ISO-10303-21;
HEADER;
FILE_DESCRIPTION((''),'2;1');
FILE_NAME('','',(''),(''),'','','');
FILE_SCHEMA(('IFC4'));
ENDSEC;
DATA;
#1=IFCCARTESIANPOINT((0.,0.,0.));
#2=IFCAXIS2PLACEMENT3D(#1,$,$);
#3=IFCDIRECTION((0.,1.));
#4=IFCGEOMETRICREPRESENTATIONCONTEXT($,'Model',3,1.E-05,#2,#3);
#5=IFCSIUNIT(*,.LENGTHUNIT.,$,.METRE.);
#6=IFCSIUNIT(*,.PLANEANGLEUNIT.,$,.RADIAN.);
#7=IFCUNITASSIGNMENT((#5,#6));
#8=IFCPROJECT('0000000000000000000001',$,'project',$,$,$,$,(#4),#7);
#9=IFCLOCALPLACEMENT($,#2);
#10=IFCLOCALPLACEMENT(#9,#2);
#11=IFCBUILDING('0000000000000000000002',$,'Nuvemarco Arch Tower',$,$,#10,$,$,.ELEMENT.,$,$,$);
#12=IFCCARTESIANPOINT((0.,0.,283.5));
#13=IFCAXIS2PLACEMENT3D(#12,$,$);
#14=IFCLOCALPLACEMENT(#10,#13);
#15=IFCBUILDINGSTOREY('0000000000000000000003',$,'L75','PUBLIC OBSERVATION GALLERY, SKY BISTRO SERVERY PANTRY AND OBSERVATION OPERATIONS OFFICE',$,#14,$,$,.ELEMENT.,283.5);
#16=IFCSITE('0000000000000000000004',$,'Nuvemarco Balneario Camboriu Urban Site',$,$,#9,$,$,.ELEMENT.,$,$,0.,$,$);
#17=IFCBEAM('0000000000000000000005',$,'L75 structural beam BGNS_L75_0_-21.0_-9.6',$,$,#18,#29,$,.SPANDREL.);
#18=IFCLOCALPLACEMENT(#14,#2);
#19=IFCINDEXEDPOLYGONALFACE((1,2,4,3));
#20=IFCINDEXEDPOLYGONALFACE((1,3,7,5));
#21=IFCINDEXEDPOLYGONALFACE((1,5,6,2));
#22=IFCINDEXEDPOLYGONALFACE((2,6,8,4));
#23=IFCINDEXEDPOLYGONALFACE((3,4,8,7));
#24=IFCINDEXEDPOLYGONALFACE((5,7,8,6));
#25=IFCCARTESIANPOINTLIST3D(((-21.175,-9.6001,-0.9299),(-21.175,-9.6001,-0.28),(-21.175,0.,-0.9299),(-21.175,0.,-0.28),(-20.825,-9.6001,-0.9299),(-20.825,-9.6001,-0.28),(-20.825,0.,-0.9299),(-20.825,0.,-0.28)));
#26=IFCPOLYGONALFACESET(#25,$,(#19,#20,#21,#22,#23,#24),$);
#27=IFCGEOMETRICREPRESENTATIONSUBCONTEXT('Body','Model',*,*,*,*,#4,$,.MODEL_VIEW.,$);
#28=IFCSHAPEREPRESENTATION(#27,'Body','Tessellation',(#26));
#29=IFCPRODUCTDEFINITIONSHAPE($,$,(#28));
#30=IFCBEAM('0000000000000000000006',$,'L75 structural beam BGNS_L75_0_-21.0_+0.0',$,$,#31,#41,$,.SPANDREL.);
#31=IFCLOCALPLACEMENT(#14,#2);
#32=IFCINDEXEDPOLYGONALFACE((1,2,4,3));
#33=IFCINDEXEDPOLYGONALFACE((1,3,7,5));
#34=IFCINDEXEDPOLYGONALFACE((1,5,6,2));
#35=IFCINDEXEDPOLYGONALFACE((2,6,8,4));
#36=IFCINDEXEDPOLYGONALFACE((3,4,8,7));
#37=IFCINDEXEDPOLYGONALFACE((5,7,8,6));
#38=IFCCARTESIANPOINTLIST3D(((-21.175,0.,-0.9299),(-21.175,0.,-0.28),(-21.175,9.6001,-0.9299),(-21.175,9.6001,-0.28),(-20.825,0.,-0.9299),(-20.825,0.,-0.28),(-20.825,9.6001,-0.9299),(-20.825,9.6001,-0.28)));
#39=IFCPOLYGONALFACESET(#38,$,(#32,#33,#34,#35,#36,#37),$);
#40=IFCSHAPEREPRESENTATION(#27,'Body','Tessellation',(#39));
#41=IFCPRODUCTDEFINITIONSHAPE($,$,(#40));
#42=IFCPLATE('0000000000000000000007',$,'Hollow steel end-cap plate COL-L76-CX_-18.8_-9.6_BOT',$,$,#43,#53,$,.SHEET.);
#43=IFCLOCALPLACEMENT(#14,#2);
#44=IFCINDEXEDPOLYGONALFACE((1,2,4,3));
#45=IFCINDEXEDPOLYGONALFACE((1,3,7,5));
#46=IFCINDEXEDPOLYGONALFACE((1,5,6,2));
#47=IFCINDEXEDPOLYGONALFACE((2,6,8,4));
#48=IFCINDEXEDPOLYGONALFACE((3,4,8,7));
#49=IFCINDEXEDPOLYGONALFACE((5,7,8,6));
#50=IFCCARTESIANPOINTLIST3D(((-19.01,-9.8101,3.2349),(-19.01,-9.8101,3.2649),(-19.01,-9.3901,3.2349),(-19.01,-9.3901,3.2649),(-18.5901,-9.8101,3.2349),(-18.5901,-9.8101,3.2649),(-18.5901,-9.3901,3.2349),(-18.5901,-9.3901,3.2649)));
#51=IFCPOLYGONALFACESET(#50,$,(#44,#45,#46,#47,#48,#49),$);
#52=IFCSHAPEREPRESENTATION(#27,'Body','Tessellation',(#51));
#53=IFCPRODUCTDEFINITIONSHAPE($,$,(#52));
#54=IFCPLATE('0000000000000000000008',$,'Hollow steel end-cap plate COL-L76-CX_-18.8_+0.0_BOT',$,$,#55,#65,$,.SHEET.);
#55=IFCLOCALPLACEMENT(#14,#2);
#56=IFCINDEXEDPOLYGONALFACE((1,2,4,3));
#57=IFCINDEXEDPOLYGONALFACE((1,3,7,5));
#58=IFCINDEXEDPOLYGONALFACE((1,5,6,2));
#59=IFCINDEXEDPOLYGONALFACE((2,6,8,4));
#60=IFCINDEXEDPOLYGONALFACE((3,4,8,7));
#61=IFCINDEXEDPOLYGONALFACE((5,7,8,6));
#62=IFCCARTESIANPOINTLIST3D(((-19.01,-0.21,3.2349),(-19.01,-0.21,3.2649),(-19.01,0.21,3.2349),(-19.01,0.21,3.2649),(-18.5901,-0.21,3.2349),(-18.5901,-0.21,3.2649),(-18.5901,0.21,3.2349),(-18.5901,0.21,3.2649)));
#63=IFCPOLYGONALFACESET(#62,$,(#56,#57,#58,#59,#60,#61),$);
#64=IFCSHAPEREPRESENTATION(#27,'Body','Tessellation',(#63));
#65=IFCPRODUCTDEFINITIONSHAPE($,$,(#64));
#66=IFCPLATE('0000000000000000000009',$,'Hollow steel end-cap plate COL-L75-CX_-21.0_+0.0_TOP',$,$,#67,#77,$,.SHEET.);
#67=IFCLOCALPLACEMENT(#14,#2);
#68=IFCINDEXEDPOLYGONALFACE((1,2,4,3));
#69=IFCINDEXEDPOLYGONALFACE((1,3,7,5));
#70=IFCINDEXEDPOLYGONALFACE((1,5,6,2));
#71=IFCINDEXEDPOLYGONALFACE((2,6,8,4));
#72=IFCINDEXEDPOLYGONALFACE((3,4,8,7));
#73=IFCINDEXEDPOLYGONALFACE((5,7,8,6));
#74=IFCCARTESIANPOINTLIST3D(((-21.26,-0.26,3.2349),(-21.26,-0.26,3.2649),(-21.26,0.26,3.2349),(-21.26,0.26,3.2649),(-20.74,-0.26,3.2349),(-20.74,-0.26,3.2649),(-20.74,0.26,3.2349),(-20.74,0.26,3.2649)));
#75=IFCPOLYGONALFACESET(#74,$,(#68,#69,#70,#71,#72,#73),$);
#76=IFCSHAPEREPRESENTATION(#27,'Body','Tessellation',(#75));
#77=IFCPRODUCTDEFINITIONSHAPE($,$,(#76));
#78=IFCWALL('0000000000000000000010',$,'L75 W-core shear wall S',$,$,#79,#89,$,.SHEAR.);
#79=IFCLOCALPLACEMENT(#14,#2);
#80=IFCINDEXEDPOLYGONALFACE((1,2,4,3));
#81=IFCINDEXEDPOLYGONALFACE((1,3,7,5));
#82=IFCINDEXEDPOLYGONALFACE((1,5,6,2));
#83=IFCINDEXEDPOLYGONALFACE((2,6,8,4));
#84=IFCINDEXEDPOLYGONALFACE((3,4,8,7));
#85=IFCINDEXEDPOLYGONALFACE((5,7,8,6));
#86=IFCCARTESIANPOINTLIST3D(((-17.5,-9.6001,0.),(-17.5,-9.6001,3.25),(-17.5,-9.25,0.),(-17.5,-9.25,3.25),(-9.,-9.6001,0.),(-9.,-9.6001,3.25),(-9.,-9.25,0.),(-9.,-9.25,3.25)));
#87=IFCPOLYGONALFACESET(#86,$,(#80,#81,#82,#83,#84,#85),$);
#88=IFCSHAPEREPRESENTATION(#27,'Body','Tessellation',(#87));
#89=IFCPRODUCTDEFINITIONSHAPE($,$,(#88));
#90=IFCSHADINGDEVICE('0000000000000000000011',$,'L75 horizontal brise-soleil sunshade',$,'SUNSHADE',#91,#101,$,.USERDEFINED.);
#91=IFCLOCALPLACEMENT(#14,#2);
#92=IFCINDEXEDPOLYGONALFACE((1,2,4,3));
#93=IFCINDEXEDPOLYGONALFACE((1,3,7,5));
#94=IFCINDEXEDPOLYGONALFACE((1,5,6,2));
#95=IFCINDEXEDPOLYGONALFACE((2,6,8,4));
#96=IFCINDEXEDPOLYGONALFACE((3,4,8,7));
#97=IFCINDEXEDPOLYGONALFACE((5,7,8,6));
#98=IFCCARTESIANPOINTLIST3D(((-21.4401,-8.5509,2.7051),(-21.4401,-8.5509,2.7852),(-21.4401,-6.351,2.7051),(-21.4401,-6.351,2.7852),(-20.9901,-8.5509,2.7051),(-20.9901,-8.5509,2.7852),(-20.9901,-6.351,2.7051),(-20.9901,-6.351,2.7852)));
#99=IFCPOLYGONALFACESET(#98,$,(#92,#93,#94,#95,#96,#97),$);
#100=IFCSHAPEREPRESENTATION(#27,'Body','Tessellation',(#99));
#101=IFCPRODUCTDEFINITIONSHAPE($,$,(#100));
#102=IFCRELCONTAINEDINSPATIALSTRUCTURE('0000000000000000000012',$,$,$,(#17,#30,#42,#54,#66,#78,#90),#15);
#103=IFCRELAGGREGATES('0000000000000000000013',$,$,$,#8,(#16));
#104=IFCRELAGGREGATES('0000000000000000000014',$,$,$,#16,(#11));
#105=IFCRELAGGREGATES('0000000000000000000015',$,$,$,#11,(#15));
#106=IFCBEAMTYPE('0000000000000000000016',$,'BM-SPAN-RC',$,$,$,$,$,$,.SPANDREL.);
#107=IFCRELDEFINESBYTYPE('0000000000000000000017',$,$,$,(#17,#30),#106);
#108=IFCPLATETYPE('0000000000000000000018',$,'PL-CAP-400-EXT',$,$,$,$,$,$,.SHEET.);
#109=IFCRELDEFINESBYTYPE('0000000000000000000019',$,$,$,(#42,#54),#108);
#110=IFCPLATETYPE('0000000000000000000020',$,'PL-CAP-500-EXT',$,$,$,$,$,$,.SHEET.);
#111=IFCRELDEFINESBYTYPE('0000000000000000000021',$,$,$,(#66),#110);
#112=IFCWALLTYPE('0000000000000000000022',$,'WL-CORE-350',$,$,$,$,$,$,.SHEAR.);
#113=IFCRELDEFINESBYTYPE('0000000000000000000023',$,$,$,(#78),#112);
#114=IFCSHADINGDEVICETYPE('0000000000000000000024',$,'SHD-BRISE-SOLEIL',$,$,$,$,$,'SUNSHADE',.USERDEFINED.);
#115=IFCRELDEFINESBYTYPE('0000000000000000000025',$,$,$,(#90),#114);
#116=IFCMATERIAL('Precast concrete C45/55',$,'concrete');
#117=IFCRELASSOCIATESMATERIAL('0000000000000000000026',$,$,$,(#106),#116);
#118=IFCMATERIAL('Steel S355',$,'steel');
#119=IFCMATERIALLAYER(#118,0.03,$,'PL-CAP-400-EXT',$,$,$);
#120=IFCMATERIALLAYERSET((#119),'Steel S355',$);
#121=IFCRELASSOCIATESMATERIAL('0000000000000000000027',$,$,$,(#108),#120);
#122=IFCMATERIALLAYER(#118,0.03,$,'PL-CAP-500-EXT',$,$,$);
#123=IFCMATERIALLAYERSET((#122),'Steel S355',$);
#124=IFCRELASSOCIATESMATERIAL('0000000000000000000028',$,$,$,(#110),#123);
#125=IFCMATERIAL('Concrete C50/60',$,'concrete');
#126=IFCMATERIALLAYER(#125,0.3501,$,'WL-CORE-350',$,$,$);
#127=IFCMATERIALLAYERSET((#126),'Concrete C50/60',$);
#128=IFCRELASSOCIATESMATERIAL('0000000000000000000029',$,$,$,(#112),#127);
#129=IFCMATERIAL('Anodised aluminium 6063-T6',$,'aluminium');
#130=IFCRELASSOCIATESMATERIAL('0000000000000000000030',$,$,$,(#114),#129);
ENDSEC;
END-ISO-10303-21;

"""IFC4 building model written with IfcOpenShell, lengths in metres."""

from ifc_helpers import new_model, si_unit, direction, frame, frame_2d, origin, origin_2d, place, context, subcontext, project, spatial, rectangle, extrude, source, transform, mapped, material, layer, layer_set, material_profile, profile_set, type_object, type_shapes, element, save


model = new_model("IFC4")

# Units and contexts
model_context = context("Model", 3, precision=1e-05, world=origin(), true_north=direction((0.0, 1.0)))
body_context = subcontext(model_context, "Body", "Model", "MODEL_VIEW")
ifc_project = project(units=[si_unit("LENGTHUNIT", "METRE"), si_unit("PLANEANGLEUNIT", "RADIAN")], contexts=[model_context])

# Site, building, storey
site_placement = place(None, origin())
site = spatial("IfcSite", under=ifc_project, at=site_placement, Name="Nuvemarco Balneario Camboriu Urban Site", CompositionType="ELEMENT", RefElevation=0.0)
building_placement = place(site_placement, origin())
building = spatial("IfcBuilding", under=site, at=building_placement, Name="Nuvemarco Arch Tower", CompositionType="ELEMENT")
storey_placement = place(building_placement, frame((0.0, 0.0, 283.5)))
storey = spatial("IfcBuildingStorey", under=building, at=storey_placement, Name="L75", Description="PUBLIC OBSERVATION GALLERY, SKY BISTRO SERVERY PANTRY AND OBSERVATION OPERATIONS OFFICE", CompositionType="ELEMENT", Elevation=283.5)

# Shared definitions
ifc_material_1 = material(Name="Concrete C50/60", Category="concrete")
ifc_material_2 = material(Name="Steel S355", Category="steel")

# Beams
ifc_material_3 = material(Name="Precast concrete C45/55", Category="concrete")
ifc_material_profile_1 = material_profile(ifc_material_3, rectangle(XDim=0.3501, YDim=0.6499, at=origin_2d()), Name="PC-SP-350x650")
ifc_profile_set_1 = profile_set([ifc_material_profile_1], Name="Precast concrete C45/55")
beam_type_1 = type_object("IfcBeamType", Name="BM-SPAN-RC", PredefinedType="SPANDREL", material=ifc_profile_set_1)
for number, where, z_axis, x_axis, name in (
    (1, (-21.0, -9.6001, -0.605), (0.0, 1.0, 0.0), (-1.0, 0.0, 0.0), "L75 structural beam BGNS_L75_0_-21.0_-9.6"),
    (2, (-21.0, 0.0, -0.605), (0.0, 1.0, 0.0), (-1.0, 0.0, 0.0), "L75 structural beam BGNS_L75_0_-21.0_+0.0"),
):
    element("IfcBeam", number, at=place(storey_placement, frame(where, z_axis=z_axis, x_axis=x_axis)), inside=storey, type_object=beam_type_1, Name=name, PredefinedType="SPANDREL", context=body_context, shape_type="SweptSolid", body=[
        extrude(rectangle(XDim=0.3501, YDim=0.6499, at=origin_2d()), origin(), (0.0, 0.0, 1.0), 9.6001),
    ])

# Shared definitions
ifc_material_4 = material(Name="Anodised aluminium 6063-T6", Category="aluminium")

# Plates
ifc_layer_1 = layer(ifc_material_2, 0.03, Name="PL-CAP-400-EXT")
ifc_layer_set_1 = layer_set([ifc_layer_1], Name="Steel S355")
plate_type_1 = type_object("IfcPlateType", Name="PL-CAP-400-EXT", PredefinedType="SHEET", material=ifc_layer_set_1)
shared_shape_1 = source(origin(), body_context, "Body", "SweptSolid", [
    extrude(rectangle(XDim=0.4199, YDim=0.4199, at=origin_2d()), origin(), (0.0, 0.0, 1.0), 0.03),
])
type_shapes(plate_type_1, [shared_shape_1])
for number, where, z_axis, x_axis, name in (
    (3, (-18.8, -9.6001, 3.2349), (0.0, 0.0, 1.0), (1.0, 0.0, 0.0), "Hollow steel end-cap plate COL-L76-CX_-18.8_-9.6_BOT"),
    (4, (-18.8, 0.0, 3.2349), (0.0, 0.0, 1.0), (1.0, 0.0, 0.0), "Hollow steel end-cap plate COL-L76-CX_-18.8_+0.0_BOT"),
):
    element("IfcPlate", number, at=place(storey_placement, frame(where, z_axis=z_axis, x_axis=x_axis)), inside=storey, type_object=plate_type_1, Name=name, PredefinedType="SHEET", context=body_context, shape_type="MappedRepresentation", body=[
        mapped(shared_shape_1, transform((0.0, 0.0, 0.0), scale=1.0)),
    ])
ifc_layer_2 = layer(ifc_material_2, 0.03, Name="PL-CAP-500-EXT")
ifc_layer_set_2 = layer_set([ifc_layer_2], Name="Steel S355")
plate_type_2 = type_object("IfcPlateType", Name="PL-CAP-500-EXT", PredefinedType="SHEET", material=ifc_layer_set_2)
shared_shape_2 = source(origin(), body_context, "Body", "SweptSolid", [
    extrude(rectangle(XDim=0.52, YDim=0.52, at=origin_2d()), origin(), (0.0, 0.0, 1.0), 0.03),
])
type_shapes(plate_type_2, [shared_shape_2])
plate_1_placement = place(storey_placement, frame((-21.0, 0.0, 3.2349), z_axis=(0.0, 0.0, 1.0), x_axis=(1.0, 0.0, 0.0)))
element("IfcPlate", 5, at=plate_1_placement, inside=storey, type_object=plate_type_2, Name="Hollow steel end-cap plate COL-L75-CX_-21.0_+0.0_TOP", PredefinedType="SHEET", context=body_context, shape_type="MappedRepresentation", body=[
    mapped(shared_shape_2, transform((0.0, 0.0, 0.0), scale=1.0)),
])

# Wall
ifc_layer_3 = layer(ifc_material_1, 0.3501, Name="WL-CORE-350")
ifc_layer_set_3 = layer_set([ifc_layer_3], Name="Concrete C50/60")
wall_type = type_object("IfcWallType", Name="WL-CORE-350", PredefinedType="SHEAR", material=ifc_layer_set_3)
wall_placement = place(storey_placement, frame((-17.5, -9.425, 0.0), z_axis=(0.0, 0.0, 1.0), x_axis=(1.0, 0.0, 0.0)))
element("IfcWall", 6, at=wall_placement, inside=storey, type_object=wall_type, Name="L75 W-core shear wall S", PredefinedType="SHEAR", context=body_context, shape_type="SweptSolid", body=[
    extrude(rectangle(XDim=8.5, YDim=0.3501, at=frame_2d((4.25, 0.0))), origin(), (0.0, 0.0, 1.0), 3.25),
])

# Shading device
shading_device_type = type_object("IfcShadingDeviceType", Name="SHD-BRISE-SOLEIL", ElementType="SUNSHADE", PredefinedType="USERDEFINED", material=ifc_material_4)
shared_shape_3 = source(origin(), body_context, "Body", "SweptSolid", [
    extrude(rectangle(XDim=2.2, YDim=0.45, at=origin_2d()), origin(), (0.0, 0.0, 1.0), 0.0801),
])
type_shapes(shading_device_type, [shared_shape_3])
shading_device_placement = place(storey_placement, frame((-21.2151, -7.4509, 2.7051), z_axis=(0.0, 0.0, 1.0), x_axis=(0.0, 1.0, 0.0)))
element("IfcShadingDevice", 7, at=shading_device_placement, inside=storey, type_object=shading_device_type, Name="L75 horizontal brise-soleil sunshade", ObjectType="SUNSHADE", PredefinedType="USERDEFINED", context=body_context, shape_type="MappedRepresentation", body=[
    mapped(shared_shape_3, transform((0.0, 0.0, 0.0), scale=1.0)),
])

save(model, "model.ifc")
